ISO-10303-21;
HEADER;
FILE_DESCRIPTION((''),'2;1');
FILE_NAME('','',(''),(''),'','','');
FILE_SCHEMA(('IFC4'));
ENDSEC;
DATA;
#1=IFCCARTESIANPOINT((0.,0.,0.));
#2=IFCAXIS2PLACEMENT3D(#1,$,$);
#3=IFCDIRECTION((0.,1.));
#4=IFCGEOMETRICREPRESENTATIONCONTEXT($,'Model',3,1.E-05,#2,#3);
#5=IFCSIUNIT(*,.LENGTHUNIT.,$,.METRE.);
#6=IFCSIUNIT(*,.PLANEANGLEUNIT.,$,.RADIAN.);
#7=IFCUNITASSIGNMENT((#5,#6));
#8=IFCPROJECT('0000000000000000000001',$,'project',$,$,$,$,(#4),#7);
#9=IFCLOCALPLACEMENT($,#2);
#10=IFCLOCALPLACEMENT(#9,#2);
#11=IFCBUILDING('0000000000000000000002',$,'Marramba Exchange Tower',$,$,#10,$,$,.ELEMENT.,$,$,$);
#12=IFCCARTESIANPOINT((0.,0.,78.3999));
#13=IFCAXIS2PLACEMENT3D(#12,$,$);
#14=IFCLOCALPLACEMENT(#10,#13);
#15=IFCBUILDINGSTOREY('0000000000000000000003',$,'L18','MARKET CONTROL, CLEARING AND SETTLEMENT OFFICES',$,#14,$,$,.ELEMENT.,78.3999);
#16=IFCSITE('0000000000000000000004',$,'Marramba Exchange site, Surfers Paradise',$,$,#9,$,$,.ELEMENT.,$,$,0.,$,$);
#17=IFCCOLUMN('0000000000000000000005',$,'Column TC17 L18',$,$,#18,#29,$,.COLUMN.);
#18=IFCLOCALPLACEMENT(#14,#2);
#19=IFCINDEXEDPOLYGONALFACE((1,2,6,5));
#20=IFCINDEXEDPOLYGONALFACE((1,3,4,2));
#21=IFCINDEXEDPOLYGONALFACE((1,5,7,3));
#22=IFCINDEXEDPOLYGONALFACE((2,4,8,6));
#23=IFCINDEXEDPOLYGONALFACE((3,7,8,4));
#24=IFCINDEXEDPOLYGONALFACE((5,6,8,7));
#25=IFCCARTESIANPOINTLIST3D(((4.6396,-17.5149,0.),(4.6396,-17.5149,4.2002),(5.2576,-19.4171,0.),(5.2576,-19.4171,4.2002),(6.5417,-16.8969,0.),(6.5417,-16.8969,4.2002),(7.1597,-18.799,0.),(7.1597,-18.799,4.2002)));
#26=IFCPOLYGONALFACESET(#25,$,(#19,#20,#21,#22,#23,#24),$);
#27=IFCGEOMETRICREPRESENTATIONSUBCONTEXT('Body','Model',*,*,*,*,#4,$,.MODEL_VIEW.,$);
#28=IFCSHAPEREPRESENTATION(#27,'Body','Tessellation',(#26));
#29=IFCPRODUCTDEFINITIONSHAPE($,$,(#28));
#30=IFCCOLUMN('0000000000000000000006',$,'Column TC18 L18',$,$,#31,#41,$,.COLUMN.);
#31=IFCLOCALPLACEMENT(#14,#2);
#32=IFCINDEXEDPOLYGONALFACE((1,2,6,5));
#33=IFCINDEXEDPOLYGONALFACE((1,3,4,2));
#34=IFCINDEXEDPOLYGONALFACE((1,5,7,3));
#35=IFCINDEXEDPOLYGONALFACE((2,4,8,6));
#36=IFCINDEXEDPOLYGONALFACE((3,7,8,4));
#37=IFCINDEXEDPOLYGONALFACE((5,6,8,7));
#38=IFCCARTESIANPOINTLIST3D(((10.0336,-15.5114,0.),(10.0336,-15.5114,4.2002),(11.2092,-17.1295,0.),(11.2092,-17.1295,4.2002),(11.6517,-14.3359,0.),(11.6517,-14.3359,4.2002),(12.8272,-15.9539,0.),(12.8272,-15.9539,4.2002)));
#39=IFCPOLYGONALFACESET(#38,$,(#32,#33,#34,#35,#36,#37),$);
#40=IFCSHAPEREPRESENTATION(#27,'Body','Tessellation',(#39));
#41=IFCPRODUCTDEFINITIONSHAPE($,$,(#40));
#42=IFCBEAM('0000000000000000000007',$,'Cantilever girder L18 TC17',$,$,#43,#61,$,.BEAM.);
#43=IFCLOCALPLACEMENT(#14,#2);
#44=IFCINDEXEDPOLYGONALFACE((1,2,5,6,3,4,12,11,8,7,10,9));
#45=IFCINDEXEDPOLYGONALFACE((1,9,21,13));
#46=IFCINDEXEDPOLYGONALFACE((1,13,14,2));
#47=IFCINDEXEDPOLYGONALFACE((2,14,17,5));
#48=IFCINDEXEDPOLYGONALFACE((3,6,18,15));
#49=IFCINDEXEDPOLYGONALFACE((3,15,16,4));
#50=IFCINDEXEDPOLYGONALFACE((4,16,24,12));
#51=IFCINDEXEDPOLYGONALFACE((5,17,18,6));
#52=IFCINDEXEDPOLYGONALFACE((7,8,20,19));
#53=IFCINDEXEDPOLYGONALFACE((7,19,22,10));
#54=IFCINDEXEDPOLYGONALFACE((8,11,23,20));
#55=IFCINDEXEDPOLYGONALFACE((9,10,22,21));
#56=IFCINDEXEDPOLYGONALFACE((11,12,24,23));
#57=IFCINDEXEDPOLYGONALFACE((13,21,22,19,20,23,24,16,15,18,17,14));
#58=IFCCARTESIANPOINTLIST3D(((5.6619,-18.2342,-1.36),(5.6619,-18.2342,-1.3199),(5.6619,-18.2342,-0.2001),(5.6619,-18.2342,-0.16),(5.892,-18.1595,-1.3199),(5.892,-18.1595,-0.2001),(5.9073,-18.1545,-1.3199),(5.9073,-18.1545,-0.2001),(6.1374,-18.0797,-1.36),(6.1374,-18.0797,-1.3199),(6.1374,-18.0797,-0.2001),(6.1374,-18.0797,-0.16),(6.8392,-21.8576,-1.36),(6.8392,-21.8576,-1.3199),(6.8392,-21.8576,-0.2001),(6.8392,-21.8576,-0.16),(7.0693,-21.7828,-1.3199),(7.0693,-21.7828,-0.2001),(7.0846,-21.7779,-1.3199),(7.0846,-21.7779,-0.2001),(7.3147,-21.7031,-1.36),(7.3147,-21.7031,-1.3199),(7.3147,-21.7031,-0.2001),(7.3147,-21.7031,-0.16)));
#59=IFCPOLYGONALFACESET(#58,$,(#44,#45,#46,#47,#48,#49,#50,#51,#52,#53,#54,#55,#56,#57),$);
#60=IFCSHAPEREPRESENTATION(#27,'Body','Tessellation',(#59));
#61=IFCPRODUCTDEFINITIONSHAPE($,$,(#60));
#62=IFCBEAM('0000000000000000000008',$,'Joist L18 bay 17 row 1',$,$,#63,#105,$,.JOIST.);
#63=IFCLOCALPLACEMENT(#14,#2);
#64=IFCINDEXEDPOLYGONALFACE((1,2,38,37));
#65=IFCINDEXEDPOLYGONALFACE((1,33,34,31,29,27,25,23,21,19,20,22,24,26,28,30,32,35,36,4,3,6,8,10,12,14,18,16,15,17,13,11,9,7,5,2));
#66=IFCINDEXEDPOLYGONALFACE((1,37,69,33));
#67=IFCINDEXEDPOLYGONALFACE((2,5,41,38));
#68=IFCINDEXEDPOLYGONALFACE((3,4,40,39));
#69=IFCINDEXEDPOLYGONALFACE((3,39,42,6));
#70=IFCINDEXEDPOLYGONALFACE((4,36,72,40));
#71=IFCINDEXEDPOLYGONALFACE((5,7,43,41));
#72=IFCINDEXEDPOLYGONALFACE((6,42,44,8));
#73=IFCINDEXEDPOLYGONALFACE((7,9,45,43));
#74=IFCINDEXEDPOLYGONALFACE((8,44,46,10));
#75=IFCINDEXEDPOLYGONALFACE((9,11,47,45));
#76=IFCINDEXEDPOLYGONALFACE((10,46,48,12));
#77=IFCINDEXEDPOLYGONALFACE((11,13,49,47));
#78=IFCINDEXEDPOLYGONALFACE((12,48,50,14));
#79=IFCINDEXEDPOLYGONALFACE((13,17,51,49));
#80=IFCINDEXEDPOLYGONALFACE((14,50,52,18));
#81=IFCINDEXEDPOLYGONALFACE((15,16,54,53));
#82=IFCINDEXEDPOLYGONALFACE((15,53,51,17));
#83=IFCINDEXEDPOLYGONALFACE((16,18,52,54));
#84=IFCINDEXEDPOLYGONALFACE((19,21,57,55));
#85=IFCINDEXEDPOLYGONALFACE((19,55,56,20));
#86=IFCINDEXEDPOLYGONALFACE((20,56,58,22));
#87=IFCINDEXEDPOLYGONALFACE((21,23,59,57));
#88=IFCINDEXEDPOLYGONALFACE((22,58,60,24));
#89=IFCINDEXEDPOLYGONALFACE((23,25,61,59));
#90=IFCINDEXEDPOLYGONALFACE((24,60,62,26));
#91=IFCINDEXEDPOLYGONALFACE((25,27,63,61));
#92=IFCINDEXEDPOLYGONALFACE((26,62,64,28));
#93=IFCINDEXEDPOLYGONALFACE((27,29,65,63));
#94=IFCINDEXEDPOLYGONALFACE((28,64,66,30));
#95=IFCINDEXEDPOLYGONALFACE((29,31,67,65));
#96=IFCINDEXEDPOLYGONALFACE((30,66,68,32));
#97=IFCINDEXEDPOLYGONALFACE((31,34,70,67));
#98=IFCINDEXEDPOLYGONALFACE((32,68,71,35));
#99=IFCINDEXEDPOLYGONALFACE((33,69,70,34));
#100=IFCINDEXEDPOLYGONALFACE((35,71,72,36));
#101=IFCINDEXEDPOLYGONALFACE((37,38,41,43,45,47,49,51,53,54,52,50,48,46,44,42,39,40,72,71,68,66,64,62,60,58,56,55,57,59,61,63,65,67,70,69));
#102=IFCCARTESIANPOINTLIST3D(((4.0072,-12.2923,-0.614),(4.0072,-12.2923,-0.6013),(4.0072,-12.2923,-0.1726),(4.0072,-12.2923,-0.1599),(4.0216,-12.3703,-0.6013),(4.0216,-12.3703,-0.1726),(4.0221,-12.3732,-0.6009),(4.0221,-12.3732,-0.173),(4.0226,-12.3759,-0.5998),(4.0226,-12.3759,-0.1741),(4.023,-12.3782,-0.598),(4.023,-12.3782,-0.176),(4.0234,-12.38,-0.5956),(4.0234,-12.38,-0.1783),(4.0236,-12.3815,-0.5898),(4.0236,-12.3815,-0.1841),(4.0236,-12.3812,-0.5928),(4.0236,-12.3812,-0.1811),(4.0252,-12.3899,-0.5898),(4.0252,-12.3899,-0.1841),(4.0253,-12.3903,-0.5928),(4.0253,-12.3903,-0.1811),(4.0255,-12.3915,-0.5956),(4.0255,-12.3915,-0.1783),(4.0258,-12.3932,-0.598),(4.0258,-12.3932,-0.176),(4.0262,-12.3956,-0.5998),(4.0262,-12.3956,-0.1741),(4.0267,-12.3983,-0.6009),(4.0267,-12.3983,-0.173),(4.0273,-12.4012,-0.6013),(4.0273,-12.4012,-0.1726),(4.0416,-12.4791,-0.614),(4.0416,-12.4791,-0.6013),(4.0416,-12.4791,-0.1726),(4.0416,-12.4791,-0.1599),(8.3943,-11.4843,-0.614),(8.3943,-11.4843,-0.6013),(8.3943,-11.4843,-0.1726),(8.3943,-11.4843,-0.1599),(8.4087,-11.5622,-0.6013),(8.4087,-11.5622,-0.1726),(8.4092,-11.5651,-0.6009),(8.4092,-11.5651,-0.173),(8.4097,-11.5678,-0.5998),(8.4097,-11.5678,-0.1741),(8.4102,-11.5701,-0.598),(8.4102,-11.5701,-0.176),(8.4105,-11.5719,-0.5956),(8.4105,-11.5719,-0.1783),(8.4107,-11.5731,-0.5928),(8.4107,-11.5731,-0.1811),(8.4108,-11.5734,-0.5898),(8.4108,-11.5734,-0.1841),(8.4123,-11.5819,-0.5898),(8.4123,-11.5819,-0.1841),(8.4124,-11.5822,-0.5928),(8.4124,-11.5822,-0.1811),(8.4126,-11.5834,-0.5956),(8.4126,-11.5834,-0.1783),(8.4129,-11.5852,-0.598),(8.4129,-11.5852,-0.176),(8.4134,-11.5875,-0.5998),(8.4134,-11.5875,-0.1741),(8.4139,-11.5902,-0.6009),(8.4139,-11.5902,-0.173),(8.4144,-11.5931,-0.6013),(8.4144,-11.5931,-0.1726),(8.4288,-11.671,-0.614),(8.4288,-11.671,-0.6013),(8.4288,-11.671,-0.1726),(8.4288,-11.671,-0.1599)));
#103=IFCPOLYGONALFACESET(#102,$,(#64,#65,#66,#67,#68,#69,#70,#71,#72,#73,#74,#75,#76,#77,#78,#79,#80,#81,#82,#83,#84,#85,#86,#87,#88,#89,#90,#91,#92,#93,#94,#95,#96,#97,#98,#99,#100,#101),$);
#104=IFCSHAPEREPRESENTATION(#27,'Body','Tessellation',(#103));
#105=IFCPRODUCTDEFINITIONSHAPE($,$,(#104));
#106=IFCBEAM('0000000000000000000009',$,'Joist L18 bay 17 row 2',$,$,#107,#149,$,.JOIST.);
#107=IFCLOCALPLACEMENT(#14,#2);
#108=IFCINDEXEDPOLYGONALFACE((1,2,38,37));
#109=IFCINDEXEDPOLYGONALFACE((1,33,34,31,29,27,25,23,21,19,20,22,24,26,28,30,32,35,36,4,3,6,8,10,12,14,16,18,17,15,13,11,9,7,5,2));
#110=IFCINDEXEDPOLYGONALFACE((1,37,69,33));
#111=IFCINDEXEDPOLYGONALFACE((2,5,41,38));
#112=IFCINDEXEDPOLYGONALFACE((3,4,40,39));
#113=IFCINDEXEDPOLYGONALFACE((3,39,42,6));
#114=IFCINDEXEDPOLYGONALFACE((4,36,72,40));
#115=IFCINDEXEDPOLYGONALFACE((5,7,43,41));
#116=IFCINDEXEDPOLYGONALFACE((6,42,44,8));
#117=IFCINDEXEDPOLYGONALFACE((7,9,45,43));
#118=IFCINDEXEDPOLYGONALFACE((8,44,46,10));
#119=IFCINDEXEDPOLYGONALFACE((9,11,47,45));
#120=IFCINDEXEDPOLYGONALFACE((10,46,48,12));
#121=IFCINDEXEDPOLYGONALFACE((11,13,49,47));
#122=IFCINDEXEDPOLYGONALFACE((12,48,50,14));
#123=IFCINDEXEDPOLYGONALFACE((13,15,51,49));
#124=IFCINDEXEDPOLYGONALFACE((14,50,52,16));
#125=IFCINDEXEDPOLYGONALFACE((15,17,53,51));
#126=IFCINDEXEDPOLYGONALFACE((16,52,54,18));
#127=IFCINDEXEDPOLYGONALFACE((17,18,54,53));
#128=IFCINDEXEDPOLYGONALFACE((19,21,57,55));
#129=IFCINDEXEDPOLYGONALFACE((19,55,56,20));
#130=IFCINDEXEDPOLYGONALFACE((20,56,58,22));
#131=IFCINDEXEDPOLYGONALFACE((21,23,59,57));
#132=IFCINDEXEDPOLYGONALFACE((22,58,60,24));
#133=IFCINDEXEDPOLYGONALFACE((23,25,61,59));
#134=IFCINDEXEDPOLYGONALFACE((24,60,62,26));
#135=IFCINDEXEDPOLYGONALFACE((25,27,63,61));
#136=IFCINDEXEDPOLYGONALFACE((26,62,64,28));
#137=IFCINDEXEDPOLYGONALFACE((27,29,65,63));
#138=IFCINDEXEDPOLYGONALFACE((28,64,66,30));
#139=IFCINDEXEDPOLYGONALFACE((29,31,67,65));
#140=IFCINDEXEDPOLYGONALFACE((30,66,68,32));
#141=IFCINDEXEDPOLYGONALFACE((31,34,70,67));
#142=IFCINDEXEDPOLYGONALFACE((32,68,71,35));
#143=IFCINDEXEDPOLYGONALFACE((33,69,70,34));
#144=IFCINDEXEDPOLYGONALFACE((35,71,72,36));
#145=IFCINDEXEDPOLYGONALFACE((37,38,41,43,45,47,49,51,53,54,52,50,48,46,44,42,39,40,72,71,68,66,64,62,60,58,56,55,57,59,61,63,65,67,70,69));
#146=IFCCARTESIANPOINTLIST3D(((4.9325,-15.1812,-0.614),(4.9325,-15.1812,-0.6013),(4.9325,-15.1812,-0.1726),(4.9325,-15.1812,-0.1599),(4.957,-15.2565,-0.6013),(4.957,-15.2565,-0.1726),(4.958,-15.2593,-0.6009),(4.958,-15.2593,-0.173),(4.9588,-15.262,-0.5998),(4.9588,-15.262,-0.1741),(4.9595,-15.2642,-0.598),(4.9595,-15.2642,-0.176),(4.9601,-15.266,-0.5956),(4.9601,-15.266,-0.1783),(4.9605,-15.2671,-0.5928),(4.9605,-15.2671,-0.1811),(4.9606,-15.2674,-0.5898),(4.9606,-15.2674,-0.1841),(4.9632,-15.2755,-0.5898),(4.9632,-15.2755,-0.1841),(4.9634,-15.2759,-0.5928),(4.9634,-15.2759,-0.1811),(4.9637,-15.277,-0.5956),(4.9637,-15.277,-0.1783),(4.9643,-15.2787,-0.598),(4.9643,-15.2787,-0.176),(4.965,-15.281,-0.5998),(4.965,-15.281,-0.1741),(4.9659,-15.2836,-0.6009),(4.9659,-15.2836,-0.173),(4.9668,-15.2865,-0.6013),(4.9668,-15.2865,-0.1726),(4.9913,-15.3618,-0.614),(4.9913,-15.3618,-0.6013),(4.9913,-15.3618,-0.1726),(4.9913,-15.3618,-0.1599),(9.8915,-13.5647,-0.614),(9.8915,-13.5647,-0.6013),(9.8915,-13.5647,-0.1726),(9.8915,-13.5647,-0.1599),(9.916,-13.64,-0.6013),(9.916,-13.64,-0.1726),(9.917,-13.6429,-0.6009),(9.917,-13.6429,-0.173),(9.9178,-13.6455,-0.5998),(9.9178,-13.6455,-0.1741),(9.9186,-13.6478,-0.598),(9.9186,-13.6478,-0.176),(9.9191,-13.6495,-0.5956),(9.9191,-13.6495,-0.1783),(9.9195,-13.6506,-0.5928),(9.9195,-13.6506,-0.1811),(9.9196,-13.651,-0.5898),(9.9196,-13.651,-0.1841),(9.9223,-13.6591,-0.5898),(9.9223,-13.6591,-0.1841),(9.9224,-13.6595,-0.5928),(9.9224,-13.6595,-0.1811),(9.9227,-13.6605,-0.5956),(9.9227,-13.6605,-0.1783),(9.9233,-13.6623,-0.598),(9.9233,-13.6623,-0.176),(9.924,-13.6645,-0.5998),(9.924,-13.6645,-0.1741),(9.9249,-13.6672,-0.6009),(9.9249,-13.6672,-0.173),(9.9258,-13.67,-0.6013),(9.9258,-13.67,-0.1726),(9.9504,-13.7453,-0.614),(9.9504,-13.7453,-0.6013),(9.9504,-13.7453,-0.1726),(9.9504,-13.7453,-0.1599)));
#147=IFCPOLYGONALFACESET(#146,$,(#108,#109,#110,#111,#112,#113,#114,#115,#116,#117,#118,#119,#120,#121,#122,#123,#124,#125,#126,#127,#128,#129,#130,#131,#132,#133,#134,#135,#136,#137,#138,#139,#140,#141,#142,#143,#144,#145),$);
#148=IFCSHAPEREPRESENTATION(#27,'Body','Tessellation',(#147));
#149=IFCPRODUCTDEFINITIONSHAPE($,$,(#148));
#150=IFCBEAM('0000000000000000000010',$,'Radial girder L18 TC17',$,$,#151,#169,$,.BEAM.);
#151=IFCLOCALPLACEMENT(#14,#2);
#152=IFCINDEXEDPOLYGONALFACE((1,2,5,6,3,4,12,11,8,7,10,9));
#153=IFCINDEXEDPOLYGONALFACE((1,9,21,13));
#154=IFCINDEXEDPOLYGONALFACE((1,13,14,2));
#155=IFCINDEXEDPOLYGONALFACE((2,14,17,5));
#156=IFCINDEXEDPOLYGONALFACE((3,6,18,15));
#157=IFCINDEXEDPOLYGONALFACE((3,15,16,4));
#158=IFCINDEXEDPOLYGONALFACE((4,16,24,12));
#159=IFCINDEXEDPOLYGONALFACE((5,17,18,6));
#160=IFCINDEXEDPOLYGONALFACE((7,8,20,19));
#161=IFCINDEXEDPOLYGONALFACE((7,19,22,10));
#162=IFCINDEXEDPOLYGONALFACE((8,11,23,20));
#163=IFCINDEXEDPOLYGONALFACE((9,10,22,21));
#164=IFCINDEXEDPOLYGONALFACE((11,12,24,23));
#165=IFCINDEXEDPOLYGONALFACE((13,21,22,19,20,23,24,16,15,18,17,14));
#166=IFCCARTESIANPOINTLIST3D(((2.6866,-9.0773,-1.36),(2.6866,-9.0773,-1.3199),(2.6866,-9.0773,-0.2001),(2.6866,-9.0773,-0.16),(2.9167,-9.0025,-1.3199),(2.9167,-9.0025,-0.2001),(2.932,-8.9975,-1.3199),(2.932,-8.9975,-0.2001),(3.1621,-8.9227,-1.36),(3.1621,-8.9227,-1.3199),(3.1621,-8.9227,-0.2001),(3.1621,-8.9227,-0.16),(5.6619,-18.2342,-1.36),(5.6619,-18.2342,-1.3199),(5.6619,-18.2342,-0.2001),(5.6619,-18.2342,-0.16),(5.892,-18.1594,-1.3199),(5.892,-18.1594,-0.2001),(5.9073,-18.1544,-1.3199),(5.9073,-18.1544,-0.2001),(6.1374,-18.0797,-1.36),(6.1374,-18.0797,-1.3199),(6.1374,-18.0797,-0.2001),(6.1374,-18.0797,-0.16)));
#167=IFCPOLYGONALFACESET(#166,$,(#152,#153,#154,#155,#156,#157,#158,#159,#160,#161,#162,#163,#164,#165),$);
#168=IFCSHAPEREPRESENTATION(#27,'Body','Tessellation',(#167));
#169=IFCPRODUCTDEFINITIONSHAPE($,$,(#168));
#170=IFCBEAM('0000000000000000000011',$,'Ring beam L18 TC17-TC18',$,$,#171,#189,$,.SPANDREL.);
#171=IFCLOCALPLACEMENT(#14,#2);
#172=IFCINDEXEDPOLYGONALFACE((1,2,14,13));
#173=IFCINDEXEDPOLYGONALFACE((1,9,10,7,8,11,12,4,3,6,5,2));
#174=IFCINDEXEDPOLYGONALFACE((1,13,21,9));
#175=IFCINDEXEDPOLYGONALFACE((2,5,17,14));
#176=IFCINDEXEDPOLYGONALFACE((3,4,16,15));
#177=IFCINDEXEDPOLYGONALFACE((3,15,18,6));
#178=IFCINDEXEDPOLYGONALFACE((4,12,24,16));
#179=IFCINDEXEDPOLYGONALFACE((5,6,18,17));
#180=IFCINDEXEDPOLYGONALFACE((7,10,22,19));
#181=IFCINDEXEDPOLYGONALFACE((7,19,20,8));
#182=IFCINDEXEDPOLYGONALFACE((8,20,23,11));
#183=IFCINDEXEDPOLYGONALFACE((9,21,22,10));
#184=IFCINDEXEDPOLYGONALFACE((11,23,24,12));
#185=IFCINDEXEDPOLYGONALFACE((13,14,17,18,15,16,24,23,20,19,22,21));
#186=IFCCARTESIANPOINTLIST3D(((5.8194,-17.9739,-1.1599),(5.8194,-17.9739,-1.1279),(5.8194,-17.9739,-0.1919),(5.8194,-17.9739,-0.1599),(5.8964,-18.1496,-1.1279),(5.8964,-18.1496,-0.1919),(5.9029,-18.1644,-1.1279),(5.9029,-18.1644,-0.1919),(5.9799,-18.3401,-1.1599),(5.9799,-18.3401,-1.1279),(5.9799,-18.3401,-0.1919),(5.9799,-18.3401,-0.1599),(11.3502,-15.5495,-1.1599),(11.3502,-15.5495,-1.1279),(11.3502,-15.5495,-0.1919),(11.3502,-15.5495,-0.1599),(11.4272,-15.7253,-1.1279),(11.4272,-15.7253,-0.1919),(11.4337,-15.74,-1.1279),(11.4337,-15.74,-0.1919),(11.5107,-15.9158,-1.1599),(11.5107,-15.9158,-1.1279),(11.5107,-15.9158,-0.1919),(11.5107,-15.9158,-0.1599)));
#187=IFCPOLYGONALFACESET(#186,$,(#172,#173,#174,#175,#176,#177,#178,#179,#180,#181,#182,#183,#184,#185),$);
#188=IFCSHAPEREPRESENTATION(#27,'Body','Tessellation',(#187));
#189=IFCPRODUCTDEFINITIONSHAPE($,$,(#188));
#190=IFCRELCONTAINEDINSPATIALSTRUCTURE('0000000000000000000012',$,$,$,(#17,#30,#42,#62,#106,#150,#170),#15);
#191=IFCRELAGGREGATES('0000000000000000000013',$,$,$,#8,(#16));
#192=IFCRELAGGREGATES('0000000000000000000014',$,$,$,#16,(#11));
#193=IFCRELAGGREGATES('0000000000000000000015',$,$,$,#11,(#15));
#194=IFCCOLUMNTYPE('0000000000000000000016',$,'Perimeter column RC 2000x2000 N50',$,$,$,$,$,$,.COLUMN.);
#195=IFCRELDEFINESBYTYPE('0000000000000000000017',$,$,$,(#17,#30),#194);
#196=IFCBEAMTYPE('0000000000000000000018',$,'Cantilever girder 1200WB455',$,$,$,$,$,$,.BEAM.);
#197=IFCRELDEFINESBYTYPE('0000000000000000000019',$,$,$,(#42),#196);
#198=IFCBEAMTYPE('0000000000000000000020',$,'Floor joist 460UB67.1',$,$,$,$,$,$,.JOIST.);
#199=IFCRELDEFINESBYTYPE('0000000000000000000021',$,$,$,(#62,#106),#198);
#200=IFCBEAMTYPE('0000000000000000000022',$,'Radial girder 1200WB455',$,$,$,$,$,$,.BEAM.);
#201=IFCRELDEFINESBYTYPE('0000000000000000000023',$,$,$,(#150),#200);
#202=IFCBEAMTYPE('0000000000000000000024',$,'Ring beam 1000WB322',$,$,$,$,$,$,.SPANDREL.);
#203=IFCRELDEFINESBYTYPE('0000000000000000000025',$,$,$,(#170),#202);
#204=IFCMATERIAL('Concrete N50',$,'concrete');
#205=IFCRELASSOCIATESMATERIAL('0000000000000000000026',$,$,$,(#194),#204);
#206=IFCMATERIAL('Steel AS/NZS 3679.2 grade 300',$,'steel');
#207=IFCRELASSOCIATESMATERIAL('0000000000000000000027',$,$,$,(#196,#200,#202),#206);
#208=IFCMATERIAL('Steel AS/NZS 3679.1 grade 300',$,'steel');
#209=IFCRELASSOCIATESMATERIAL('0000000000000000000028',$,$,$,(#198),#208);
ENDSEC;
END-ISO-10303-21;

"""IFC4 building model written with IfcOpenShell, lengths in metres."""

from ifc_helpers import new_model, si_unit, direction, frame, origin, origin_2d, place, context, subcontext, project, spatial, rectangle, i_section, extrude, material, material_profile, profile_set, type_object, element, save


model = new_model("IFC4")

# Units and contexts
model_context = context("Model", 3, precision=1e-05, world=origin(), true_north=direction((0.0, 1.0)))
body_context = subcontext(model_context, "Body", "Model", "MODEL_VIEW")
ifc_project = project(units=[si_unit("LENGTHUNIT", "METRE"), si_unit("PLANEANGLEUNIT", "RADIAN")], contexts=[model_context])

# Site, building, storey
site_placement = place(None, origin())
site = spatial("IfcSite", under=ifc_project, at=site_placement, Name="Marramba Exchange site, Surfers Paradise", CompositionType="ELEMENT", RefElevation=0.0)
building_placement = place(site_placement, origin())
building = spatial("IfcBuilding", under=site, at=building_placement, Name="Marramba Exchange Tower", CompositionType="ELEMENT")
storey_placement = place(building_placement, frame((0.0, 0.0, 78.3999)))
storey = spatial("IfcBuildingStorey", under=building, at=storey_placement, Name="L18", Description="MARKET CONTROL, CLEARING AND SETTLEMENT OFFICES", CompositionType="ELEMENT", Elevation=78.3999)

# Columns
ifc_material_1 = material(Name="Concrete N50", Category="concrete")
ifc_material_profile_1 = material_profile(ifc_material_1, rectangle(XDim=2.0, YDim=2.0, at=origin_2d()), Name="RC 2000x2000")
ifc_profile_set_1 = profile_set([ifc_material_profile_1], Name="Concrete N50")
column_type = type_object("IfcColumnType", Name="Perimeter column RC 2000x2000 N50", PredefinedType="COLUMN", material=ifc_profile_set_1)
for number, where, z_axis, x_axis, name in (
    (1, (5.8997, -18.157, 0.0), (0.0, 0.0, 1.0), (0.309017, -0.951057, 0.0), "Column TC17 L18"),
    (2, (11.4304, -15.7327, 0.0), (0.0, 0.0, 1.0), (0.587785, -0.809017, 0.0), "Column TC18 L18"),
):
    element("IfcColumn", number, at=place(storey_placement, frame(where, z_axis=z_axis, x_axis=x_axis)), inside=storey, type_object=column_type, Name=name, PredefinedType="COLUMN", context=body_context, shape_type="SweptSolid", body=[
        extrude(rectangle(XDim=2.0, YDim=2.0, at=origin_2d()), origin(), (0.0, 0.0, 1.0), 4.2002),
    ])

# Beams
ifc_material_2 = material(Name="Steel AS/NZS 3679.2 grade 300", Category="steel")
ifc_material_profile_2 = material_profile(ifc_material_2, i_section(OverallWidth=0.5, OverallDepth=1.2, WebThickness=0.0161, FlangeThickness=0.04, at=origin_2d()), Name="1200WB455")
ifc_profile_set_2 = profile_set([ifc_material_profile_2], Name="Steel AS/NZS 3679.2 grade 300")
beam_type_1 = type_object("IfcBeamType", Name="Cantilever girder 1200WB455", PredefinedType="BEAM", material=ifc_profile_set_2)
beam_1_placement = place(storey_placement, frame((5.8997, -18.157, -0.76), z_axis=(0.309009, -0.951059, 0.0), x_axis=(0.951059, 0.309009, 0.0)))
element("IfcBeam", 3, at=beam_1_placement, inside=storey, type_object=beam_type_1, Name="Cantilever girder L18 TC17", PredefinedType="BEAM", context=body_context, shape_type="SweptSolid", body=[
    extrude(i_section(OverallWidth=0.5, OverallDepth=1.2, WebThickness=0.0161, FlangeThickness=0.04, at=origin_2d()), origin(), (0.0, 0.0, 1.0), 3.8098),
])
ifc_material_3 = material(Name="Steel AS/NZS 3679.1 grade 300", Category="steel")
ifc_material_profile_3 = material_profile(ifc_material_3, i_section(OverallWidth=0.1899, OverallDepth=0.4541, WebThickness=0.0085, FlangeThickness=0.0127, FilletRadius=0.0115, at=origin_2d()), Name="460UB67.1")
ifc_profile_set_3 = profile_set([ifc_material_profile_3], Name="Steel AS/NZS 3679.1 grade 300")
beam_type_2 = type_object("IfcBeamType", Name="Floor joist 460UB67.1", PredefinedType="JOIST", material=ifc_profile_set_3)
beam_2_placement = place(storey_placement, frame((4.0244, -12.3857, -0.387), z_axis=(0.983456, 0.181149, 0.0), x_axis=(-0.181149, 0.983456, 0.0)))
element("IfcBeam", 4, at=beam_2_placement, inside=storey, type_object=beam_type_2, Name="Joist L18 bay 17 row 1", PredefinedType="JOIST", context=body_context, shape_type="SweptSolid", body=[
    extrude(i_section(OverallWidth=0.1899, OverallDepth=0.4541, WebThickness=0.0085, FlangeThickness=0.0127, FilletRadius=0.0115, at=origin_2d()), origin(), (0.0, 0.0, 1.0), 4.4609),
])
beam_3_placement = place(storey_placement, frame((4.9619, -15.2715, -0.387), z_axis=(0.950764, 0.309916, 0.0), x_axis=(-0.309916, 0.950764, 0.0)))
element("IfcBeam", 5, at=beam_3_placement, inside=storey, type_object=beam_type_2, Name="Joist L18 bay 17 row 2", PredefinedType="JOIST", context=body_context, shape_type="SweptSolid", body=[
    extrude(i_section(OverallWidth=0.1899, OverallDepth=0.4541, WebThickness=0.0085, FlangeThickness=0.0127, FilletRadius=0.0115, at=origin_2d()), origin(), (0.0, 0.0, 1.0), 5.2158),
])
ifc_material_profile_4 = material_profile(ifc_material_2, i_section(OverallWidth=0.5, OverallDepth=1.2, WebThickness=0.0161, FlangeThickness=0.04, at=origin_2d()), Name="1200WB455")
ifc_profile_set_4 = profile_set([ifc_material_profile_4], Name="Steel AS/NZS 3679.2 grade 300")
beam_type_3 = type_object("IfcBeamType", Name="Radial girder 1200WB455", PredefinedType="BEAM", material=ifc_profile_set_4)
beam_4_placement = place(storey_placement, frame((2.9243, -9.0, -0.76), z_axis=(0.309022, -0.951055, 0.0), x_axis=(0.951055, 0.309022, 0.0)))
element("IfcBeam", 6, at=beam_4_placement, inside=storey, type_object=beam_type_3, Name="Radial girder L18 TC17", PredefinedType="BEAM", context=body_context, shape_type="SweptSolid", body=[
    extrude(i_section(OverallWidth=0.5, OverallDepth=1.2, WebThickness=0.0161, FlangeThickness=0.04, at=origin_2d()), origin(), (0.0, 0.0, 1.0), 9.6282),
])
ifc_material_profile_5 = material_profile(ifc_material_2, i_section(OverallWidth=0.3999, OverallDepth=1.0, WebThickness=0.0161, FlangeThickness=0.032, at=origin_2d()), Name="1000WB322")
ifc_profile_set_5 = profile_set([ifc_material_profile_5], Name="Steel AS/NZS 3679.2 grade 300")
beam_type_4 = type_object("IfcBeamType", Name="Ring beam 1000WB322", PredefinedType="SPANDREL", material=ifc_profile_set_5)
beam_5_placement = place(storey_placement, frame((5.8997, -18.157, -0.6599), z_axis=(0.915877, 0.401459, 0.0), x_axis=(-0.401459, 0.915877, 0.0)))
element("IfcBeam", 7, at=beam_5_placement, inside=storey, type_object=beam_type_4, Name="Ring beam L18 TC17-TC18", PredefinedType="SPANDREL", context=body_context, shape_type="SweptSolid", body=[
    extrude(i_section(OverallWidth=0.3999, OverallDepth=1.0, WebThickness=0.0161, FlangeThickness=0.032, at=origin_2d()), origin(), (0.0, 0.0, 1.0), 6.0388),
])

save(model, "model.ifc")
